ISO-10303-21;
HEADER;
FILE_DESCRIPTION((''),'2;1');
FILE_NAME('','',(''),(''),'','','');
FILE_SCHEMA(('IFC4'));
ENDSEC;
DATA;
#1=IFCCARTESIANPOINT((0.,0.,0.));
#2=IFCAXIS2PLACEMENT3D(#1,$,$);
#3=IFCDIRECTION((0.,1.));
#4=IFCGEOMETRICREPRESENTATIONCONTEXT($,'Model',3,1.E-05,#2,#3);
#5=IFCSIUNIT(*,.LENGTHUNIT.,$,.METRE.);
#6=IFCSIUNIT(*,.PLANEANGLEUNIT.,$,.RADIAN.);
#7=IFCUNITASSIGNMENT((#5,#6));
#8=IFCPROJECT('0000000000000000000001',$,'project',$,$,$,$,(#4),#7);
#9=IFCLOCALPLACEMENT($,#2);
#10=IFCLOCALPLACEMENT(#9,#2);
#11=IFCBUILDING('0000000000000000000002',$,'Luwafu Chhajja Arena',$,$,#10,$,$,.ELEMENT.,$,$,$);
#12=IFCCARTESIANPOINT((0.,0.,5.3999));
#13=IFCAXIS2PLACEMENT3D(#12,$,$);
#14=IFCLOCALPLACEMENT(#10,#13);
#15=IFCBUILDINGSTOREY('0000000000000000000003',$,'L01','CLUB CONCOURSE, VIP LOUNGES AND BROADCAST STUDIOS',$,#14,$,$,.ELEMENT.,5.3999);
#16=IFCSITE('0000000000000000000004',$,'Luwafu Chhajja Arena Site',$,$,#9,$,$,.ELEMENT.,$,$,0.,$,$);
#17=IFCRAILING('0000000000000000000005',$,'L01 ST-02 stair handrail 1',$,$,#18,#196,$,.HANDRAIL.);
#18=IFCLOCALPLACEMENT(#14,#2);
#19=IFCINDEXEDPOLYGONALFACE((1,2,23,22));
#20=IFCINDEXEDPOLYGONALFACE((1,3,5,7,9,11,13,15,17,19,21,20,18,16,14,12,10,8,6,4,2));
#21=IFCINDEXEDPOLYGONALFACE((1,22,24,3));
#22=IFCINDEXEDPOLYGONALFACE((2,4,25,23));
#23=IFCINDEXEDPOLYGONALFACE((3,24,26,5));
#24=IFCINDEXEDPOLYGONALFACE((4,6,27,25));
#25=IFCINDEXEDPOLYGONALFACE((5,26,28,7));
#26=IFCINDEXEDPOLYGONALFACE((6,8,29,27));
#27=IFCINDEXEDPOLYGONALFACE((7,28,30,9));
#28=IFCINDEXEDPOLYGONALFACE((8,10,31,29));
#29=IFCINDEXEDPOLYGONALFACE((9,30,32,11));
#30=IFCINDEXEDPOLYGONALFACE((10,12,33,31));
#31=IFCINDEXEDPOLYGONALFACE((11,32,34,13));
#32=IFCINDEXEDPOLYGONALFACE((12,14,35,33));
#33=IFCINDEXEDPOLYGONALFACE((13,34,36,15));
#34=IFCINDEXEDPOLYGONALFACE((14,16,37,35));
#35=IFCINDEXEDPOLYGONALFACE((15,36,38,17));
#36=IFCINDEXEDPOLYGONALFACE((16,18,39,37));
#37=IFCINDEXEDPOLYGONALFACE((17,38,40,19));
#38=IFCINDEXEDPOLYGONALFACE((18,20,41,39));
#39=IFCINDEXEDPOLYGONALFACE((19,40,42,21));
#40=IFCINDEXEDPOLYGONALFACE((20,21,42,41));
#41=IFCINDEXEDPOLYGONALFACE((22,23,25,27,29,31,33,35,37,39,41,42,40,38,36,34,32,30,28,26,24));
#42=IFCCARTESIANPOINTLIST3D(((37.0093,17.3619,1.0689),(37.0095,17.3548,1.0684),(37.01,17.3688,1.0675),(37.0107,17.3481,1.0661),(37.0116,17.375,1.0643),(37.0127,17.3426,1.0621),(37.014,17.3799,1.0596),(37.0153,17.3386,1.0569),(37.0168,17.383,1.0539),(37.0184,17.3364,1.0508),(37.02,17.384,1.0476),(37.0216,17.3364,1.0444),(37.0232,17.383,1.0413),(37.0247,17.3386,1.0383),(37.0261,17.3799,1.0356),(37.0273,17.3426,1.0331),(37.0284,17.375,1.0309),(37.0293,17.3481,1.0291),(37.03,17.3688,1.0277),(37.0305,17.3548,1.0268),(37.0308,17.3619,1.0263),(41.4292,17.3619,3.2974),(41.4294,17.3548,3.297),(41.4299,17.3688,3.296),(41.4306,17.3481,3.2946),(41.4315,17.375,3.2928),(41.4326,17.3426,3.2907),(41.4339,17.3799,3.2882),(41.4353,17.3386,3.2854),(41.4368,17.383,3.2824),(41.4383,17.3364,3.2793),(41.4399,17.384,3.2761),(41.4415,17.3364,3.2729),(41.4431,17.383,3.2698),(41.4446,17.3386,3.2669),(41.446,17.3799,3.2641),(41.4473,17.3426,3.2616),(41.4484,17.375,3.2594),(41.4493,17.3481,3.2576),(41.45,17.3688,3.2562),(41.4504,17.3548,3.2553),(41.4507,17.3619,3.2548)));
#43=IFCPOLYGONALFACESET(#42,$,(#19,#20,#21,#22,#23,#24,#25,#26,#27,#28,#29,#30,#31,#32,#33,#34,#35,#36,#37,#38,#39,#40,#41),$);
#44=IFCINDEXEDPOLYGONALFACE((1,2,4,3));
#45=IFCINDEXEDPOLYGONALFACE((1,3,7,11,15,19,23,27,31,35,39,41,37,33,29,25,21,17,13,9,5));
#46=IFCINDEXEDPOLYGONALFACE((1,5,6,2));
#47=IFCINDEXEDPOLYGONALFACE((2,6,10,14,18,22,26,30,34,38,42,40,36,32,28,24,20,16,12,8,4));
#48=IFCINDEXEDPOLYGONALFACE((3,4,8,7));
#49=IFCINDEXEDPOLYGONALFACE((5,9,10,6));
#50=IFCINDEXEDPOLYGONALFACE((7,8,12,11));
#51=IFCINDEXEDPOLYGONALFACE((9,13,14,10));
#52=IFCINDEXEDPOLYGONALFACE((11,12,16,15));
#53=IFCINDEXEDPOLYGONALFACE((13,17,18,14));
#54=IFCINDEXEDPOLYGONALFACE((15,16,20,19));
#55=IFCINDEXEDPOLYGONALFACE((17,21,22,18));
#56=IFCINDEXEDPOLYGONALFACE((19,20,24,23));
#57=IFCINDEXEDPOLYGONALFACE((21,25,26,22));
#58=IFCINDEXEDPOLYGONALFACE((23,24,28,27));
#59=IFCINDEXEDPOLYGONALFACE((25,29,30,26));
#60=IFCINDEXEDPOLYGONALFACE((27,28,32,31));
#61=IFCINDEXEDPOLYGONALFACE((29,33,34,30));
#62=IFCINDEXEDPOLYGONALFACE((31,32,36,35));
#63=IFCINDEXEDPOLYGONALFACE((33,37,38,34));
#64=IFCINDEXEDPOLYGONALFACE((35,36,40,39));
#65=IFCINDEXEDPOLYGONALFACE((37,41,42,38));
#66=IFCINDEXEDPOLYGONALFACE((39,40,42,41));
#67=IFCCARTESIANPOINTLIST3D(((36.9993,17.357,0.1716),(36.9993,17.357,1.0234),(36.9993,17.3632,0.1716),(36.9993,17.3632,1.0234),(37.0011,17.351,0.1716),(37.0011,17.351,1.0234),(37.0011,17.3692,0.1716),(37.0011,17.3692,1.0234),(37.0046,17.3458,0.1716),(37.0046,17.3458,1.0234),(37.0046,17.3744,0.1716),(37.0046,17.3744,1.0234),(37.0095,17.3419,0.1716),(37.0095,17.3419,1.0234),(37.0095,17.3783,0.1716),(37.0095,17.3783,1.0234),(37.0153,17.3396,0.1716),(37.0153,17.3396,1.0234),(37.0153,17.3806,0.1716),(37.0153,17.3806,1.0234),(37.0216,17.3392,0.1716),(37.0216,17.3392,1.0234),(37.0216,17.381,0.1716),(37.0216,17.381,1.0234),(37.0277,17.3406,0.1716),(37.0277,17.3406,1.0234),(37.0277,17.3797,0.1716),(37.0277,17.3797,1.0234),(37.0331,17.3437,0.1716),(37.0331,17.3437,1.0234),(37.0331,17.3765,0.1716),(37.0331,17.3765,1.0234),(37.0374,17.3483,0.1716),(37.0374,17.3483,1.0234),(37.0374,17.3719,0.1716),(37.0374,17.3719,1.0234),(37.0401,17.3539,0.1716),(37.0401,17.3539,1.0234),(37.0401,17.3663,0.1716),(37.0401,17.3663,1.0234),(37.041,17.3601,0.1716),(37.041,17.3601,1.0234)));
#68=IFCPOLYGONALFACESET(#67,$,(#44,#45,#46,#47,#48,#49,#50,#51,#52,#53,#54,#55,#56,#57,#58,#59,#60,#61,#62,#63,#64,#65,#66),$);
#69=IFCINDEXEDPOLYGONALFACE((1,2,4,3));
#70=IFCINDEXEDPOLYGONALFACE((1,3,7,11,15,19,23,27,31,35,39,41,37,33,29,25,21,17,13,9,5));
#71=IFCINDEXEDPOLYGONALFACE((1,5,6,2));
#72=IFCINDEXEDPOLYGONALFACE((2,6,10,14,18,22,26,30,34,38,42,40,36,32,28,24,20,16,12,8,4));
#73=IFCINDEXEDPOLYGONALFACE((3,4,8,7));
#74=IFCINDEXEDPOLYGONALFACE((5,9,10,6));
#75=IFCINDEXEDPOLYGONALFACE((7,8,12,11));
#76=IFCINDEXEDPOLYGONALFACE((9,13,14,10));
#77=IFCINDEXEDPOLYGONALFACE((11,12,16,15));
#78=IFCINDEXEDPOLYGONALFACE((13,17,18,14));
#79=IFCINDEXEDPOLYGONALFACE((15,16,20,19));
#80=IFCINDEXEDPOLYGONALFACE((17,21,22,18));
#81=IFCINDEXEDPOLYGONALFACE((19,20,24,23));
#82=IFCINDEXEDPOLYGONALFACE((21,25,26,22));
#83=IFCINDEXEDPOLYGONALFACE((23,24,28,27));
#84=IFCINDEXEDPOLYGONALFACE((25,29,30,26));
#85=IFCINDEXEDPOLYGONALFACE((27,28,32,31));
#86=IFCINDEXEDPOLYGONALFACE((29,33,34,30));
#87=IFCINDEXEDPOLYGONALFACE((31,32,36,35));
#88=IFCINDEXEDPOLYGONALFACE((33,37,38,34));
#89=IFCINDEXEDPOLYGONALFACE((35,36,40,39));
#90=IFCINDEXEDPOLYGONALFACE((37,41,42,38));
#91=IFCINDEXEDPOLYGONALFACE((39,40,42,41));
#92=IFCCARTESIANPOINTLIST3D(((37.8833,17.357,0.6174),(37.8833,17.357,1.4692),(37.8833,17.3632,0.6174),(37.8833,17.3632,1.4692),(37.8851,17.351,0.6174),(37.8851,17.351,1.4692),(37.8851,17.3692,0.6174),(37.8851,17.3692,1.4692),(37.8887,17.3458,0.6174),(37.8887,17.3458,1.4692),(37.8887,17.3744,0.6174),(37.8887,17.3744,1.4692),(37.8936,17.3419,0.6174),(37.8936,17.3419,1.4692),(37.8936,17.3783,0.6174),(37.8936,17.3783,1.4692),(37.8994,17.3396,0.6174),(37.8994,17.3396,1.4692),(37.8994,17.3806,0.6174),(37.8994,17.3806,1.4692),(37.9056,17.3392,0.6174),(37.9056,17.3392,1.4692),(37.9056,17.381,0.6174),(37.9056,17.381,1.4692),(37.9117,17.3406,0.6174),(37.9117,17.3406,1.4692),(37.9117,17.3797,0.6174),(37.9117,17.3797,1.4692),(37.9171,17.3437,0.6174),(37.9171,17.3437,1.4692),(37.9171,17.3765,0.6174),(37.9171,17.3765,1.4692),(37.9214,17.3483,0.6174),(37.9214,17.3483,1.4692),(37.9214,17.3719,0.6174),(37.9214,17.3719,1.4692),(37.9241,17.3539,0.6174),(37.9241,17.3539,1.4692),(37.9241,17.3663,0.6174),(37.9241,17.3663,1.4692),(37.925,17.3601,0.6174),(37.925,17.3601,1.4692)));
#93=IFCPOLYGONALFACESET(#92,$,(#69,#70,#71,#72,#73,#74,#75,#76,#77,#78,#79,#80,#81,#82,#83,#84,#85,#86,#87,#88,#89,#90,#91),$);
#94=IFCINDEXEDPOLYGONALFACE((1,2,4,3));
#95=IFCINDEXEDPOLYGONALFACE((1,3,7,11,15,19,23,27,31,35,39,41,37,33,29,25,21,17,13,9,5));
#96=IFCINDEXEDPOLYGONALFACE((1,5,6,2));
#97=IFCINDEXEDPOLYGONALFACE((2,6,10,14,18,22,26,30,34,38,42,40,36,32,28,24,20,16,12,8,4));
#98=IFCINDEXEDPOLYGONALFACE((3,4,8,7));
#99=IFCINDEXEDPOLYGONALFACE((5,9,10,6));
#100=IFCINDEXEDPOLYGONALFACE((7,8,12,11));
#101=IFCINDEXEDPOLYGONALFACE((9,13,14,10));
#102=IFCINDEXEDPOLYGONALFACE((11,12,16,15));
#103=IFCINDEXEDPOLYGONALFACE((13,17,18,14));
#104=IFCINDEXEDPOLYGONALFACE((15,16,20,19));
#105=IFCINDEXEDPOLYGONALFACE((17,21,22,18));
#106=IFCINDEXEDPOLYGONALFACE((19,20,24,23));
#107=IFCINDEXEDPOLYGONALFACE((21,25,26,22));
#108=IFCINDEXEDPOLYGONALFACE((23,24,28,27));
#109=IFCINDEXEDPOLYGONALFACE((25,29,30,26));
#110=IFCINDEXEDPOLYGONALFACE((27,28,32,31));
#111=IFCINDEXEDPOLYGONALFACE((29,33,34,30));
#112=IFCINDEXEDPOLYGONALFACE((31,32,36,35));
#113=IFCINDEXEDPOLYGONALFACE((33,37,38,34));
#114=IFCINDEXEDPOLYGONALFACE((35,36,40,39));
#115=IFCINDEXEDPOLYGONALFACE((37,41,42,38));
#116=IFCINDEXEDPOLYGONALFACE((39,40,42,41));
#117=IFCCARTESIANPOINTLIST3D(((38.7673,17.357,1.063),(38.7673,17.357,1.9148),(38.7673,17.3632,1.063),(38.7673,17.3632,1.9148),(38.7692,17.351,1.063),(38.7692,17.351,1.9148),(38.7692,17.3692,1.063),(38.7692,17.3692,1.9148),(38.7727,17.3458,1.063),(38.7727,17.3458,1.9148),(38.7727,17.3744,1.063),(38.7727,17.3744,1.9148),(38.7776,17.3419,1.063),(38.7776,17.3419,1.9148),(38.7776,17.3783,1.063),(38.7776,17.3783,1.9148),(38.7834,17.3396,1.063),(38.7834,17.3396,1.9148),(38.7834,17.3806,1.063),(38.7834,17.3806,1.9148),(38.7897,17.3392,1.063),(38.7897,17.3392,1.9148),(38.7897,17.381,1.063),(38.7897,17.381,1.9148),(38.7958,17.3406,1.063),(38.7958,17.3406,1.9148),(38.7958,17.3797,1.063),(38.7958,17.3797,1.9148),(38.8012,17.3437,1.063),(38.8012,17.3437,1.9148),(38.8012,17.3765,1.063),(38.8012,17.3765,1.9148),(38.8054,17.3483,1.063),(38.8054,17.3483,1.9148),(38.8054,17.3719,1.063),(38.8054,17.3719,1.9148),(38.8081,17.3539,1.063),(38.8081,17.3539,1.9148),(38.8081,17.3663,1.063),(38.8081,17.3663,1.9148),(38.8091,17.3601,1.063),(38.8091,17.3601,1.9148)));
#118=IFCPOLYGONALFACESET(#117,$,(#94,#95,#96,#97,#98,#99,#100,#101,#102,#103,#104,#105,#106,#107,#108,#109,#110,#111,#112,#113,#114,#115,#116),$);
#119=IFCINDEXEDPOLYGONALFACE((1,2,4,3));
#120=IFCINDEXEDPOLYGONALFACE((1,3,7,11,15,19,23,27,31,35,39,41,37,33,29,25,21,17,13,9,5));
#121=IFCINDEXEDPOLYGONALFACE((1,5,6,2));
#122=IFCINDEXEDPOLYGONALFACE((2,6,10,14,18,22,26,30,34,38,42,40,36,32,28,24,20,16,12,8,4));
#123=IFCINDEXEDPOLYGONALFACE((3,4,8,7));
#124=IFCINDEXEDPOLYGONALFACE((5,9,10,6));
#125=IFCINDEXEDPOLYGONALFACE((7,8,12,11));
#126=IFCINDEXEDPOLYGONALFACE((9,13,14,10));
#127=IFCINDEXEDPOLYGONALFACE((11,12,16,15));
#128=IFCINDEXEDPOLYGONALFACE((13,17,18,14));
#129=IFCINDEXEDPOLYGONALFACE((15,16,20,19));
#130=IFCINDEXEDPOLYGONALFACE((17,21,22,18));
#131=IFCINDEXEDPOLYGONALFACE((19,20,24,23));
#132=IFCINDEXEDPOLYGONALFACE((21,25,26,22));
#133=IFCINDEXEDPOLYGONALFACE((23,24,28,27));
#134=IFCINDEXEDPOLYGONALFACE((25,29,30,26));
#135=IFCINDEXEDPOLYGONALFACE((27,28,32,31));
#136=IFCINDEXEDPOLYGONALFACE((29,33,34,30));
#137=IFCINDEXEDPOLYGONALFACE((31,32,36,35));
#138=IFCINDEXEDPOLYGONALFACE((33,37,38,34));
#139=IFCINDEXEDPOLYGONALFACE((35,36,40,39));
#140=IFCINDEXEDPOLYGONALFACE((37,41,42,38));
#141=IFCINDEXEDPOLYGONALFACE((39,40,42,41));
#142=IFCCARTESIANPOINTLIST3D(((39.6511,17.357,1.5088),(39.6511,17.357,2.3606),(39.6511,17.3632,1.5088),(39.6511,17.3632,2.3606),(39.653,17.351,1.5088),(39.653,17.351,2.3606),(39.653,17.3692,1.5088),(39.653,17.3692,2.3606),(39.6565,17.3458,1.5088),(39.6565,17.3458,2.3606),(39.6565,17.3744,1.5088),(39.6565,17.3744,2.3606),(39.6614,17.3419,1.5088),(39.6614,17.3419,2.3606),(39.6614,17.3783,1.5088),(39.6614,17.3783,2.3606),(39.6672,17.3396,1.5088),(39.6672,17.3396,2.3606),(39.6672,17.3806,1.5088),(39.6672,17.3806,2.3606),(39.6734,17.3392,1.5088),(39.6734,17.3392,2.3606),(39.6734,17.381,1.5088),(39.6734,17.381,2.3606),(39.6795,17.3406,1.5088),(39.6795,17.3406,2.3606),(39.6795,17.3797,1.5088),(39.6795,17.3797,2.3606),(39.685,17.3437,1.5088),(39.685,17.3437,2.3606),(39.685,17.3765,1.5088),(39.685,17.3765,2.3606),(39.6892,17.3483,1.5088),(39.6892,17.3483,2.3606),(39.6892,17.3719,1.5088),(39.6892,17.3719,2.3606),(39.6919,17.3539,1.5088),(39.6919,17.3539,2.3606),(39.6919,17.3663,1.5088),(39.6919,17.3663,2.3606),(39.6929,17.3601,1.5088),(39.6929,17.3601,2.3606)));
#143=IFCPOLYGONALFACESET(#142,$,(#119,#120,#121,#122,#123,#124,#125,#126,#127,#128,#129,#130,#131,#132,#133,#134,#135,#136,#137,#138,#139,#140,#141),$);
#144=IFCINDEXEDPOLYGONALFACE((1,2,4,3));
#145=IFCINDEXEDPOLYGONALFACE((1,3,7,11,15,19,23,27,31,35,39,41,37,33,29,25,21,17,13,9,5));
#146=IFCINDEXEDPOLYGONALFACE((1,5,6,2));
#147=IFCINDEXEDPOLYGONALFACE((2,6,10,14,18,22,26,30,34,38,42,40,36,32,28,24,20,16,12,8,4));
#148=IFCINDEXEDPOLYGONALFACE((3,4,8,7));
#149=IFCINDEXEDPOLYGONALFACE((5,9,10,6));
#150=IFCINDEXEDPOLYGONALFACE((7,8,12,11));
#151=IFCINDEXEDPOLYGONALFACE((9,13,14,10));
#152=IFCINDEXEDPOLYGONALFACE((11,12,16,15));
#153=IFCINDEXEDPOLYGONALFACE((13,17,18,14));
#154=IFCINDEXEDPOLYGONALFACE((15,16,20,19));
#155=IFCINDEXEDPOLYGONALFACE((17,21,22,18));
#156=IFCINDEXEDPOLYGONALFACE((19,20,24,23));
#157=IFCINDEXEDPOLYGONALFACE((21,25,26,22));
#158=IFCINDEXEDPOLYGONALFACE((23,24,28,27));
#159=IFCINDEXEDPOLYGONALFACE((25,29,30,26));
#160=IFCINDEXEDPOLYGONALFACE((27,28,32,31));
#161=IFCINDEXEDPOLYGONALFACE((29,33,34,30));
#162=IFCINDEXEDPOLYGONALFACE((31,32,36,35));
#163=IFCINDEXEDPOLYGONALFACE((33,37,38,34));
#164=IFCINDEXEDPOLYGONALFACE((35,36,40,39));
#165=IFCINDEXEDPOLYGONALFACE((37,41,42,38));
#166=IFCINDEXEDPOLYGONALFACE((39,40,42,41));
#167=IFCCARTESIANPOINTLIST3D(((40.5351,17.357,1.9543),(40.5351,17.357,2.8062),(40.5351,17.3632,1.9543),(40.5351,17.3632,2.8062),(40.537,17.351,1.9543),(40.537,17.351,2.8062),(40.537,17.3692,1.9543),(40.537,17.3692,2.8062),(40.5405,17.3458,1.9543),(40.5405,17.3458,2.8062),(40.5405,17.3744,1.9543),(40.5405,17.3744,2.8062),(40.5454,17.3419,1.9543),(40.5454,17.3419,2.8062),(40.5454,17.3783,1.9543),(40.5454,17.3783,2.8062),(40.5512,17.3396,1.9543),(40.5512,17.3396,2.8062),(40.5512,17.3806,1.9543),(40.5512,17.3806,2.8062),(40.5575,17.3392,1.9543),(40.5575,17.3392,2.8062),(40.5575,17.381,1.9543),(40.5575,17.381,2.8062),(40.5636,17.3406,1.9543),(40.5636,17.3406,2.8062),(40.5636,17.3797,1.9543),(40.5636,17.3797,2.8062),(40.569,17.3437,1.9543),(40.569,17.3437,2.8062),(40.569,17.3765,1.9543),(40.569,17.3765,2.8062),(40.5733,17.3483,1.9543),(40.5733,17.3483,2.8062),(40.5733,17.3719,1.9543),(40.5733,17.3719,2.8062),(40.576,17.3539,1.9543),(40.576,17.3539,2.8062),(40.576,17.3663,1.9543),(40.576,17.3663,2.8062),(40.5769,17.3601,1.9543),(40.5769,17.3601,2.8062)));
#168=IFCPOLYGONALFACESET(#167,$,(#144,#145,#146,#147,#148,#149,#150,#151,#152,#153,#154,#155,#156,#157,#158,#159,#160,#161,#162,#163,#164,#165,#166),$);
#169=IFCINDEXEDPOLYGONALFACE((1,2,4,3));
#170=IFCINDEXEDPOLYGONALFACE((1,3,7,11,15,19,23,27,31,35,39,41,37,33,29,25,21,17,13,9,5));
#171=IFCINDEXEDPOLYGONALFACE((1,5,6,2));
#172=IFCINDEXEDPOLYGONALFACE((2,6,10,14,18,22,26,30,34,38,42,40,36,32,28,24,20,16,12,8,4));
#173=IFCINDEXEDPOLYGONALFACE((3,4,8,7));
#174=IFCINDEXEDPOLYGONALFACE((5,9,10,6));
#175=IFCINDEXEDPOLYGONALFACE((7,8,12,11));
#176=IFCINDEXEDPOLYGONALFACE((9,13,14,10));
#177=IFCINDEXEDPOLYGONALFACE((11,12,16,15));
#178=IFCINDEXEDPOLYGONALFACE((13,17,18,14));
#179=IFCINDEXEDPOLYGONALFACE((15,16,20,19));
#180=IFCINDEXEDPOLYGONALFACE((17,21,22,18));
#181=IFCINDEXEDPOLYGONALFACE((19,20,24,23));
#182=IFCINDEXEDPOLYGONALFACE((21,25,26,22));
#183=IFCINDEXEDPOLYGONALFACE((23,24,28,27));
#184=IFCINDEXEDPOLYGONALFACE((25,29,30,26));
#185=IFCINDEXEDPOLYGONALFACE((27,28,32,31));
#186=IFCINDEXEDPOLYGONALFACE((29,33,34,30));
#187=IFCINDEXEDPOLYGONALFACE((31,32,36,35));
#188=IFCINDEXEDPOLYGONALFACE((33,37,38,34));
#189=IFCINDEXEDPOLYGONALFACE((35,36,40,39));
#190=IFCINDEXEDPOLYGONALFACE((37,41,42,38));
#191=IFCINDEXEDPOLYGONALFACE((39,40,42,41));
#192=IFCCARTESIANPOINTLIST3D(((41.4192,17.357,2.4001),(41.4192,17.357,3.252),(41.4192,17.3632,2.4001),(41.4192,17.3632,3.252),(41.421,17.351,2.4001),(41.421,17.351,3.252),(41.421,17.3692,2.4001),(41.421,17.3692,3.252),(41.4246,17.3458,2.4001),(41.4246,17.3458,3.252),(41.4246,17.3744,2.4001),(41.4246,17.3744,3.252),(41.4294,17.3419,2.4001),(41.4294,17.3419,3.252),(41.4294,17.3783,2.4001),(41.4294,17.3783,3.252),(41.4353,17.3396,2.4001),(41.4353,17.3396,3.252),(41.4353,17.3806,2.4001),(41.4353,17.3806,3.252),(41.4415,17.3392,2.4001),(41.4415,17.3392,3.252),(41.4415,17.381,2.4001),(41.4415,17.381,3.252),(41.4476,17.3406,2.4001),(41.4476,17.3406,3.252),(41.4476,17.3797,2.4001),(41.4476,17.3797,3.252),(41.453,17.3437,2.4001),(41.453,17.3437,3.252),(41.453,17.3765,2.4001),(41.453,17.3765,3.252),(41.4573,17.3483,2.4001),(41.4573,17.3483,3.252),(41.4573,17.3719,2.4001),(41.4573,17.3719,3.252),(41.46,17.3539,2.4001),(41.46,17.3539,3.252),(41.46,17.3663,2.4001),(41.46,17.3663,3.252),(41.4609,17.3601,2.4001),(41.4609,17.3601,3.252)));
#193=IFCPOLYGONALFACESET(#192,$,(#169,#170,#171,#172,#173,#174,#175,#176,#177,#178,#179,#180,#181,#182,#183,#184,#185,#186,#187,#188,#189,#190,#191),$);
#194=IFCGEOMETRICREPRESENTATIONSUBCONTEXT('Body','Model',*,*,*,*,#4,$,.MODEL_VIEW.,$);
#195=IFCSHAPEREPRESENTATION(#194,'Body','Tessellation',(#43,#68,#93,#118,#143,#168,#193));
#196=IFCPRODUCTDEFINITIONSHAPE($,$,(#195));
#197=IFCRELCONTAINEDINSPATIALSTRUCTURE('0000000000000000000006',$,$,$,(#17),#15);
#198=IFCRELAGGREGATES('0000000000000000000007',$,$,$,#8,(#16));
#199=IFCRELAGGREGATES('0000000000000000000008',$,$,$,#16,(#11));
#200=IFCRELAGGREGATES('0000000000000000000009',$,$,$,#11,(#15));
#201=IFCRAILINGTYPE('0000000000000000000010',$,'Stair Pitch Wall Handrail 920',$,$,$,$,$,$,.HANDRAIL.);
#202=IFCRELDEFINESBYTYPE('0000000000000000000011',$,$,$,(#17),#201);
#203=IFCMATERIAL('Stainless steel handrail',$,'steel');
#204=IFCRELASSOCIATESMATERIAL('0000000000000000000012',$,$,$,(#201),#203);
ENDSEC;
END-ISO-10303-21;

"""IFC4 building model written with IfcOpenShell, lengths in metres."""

from ifc_helpers import new_model, si_unit, direction, frame, origin, origin_2d, place, context, subcontext, project, spatial, circle, extrude, material, type_object, element, save


model = new_model("IFC4")

# Units and contexts
model_context = context("Model", 3, precision=1e-05, world=origin(), true_north=direction((0.0, 1.0)))
body_context = subcontext(model_context, "Body", "Model", "MODEL_VIEW")
ifc_project = project(units=[si_unit("LENGTHUNIT", "METRE"), si_unit("PLANEANGLEUNIT", "RADIAN")], contexts=[model_context])

# Site, building, storey
site_placement = place(None, origin())
site = spatial("IfcSite", under=ifc_project, at=site_placement, Name="Luwafu Chhajja Arena Site", CompositionType="ELEMENT", RefElevation=0.0)
building_placement = place(site_placement, origin())
building = spatial("IfcBuilding", under=site, at=building_placement, Name="Luwafu Chhajja Arena", CompositionType="ELEMENT")
storey_placement = place(building_placement, frame((0.0, 0.0, 5.3999)))
storey = spatial("IfcBuildingStorey", under=building, at=storey_placement, Name="L01", Description="CLUB CONCOURSE, VIP LOUNGES AND BROADCAST STUDIOS", CompositionType="ELEMENT", Elevation=5.3999)

# Railing
ifc_material_1 = material(Name="Stainless steel handrail", Category="steel")
railing_type_1 = type_object("IfcRailingType", Name="Stair Pitch Wall Handrail 920", PredefinedType="HANDRAIL", material=ifc_material_1)
railing_1_placement = place(storey_placement, frame((37.02, 17.3601, 0.1716)))
element("IfcRailing", 1, at=railing_1_placement, inside=storey, type_object=railing_type_1, Name="L01 ST-02 stair handrail 1", PredefinedType="HANDRAIL", context=body_context, shape_type="SweptSolid", body=[
    extrude(circle(Radius=0.0239, at=origin_2d()), frame((0.0, 0.0, 0.876), z_axis=(0.892923, 0.0, 0.45021), x_axis=(0.0, 1.0, 0.0)), (0.0, 0.0, 1.0), 4.95),
    extrude(circle(Radius=0.021, at=origin_2d()), origin(), (0.0, 0.0, 1.0), 0.8518),
    extrude(circle(Radius=0.021, at=origin_2d()), frame((0.884, 0.0, 0.4458)), (0.0, 0.0, 1.0), 0.8518),
    extrude(circle(Radius=0.021, at=origin_2d()), frame((1.7681, 0.0, 0.8914)), (0.0, 0.0, 1.0), 0.8518),
    extrude(circle(Radius=0.021, at=origin_2d()), frame((2.6519, 0.0, 1.3372)), (0.0, 0.0, 1.0), 0.8518),
    extrude(circle(Radius=0.021, at=origin_2d()), frame((3.5359, 0.0, 1.7827)), (0.0, 0.0, 1.0), 0.8518),
    extrude(circle(Radius=0.021, at=origin_2d()), frame((4.4199, 0.0, 2.2285)), (0.0, 0.0, 1.0), 0.8518),
])

save(model, "model.ifc")
